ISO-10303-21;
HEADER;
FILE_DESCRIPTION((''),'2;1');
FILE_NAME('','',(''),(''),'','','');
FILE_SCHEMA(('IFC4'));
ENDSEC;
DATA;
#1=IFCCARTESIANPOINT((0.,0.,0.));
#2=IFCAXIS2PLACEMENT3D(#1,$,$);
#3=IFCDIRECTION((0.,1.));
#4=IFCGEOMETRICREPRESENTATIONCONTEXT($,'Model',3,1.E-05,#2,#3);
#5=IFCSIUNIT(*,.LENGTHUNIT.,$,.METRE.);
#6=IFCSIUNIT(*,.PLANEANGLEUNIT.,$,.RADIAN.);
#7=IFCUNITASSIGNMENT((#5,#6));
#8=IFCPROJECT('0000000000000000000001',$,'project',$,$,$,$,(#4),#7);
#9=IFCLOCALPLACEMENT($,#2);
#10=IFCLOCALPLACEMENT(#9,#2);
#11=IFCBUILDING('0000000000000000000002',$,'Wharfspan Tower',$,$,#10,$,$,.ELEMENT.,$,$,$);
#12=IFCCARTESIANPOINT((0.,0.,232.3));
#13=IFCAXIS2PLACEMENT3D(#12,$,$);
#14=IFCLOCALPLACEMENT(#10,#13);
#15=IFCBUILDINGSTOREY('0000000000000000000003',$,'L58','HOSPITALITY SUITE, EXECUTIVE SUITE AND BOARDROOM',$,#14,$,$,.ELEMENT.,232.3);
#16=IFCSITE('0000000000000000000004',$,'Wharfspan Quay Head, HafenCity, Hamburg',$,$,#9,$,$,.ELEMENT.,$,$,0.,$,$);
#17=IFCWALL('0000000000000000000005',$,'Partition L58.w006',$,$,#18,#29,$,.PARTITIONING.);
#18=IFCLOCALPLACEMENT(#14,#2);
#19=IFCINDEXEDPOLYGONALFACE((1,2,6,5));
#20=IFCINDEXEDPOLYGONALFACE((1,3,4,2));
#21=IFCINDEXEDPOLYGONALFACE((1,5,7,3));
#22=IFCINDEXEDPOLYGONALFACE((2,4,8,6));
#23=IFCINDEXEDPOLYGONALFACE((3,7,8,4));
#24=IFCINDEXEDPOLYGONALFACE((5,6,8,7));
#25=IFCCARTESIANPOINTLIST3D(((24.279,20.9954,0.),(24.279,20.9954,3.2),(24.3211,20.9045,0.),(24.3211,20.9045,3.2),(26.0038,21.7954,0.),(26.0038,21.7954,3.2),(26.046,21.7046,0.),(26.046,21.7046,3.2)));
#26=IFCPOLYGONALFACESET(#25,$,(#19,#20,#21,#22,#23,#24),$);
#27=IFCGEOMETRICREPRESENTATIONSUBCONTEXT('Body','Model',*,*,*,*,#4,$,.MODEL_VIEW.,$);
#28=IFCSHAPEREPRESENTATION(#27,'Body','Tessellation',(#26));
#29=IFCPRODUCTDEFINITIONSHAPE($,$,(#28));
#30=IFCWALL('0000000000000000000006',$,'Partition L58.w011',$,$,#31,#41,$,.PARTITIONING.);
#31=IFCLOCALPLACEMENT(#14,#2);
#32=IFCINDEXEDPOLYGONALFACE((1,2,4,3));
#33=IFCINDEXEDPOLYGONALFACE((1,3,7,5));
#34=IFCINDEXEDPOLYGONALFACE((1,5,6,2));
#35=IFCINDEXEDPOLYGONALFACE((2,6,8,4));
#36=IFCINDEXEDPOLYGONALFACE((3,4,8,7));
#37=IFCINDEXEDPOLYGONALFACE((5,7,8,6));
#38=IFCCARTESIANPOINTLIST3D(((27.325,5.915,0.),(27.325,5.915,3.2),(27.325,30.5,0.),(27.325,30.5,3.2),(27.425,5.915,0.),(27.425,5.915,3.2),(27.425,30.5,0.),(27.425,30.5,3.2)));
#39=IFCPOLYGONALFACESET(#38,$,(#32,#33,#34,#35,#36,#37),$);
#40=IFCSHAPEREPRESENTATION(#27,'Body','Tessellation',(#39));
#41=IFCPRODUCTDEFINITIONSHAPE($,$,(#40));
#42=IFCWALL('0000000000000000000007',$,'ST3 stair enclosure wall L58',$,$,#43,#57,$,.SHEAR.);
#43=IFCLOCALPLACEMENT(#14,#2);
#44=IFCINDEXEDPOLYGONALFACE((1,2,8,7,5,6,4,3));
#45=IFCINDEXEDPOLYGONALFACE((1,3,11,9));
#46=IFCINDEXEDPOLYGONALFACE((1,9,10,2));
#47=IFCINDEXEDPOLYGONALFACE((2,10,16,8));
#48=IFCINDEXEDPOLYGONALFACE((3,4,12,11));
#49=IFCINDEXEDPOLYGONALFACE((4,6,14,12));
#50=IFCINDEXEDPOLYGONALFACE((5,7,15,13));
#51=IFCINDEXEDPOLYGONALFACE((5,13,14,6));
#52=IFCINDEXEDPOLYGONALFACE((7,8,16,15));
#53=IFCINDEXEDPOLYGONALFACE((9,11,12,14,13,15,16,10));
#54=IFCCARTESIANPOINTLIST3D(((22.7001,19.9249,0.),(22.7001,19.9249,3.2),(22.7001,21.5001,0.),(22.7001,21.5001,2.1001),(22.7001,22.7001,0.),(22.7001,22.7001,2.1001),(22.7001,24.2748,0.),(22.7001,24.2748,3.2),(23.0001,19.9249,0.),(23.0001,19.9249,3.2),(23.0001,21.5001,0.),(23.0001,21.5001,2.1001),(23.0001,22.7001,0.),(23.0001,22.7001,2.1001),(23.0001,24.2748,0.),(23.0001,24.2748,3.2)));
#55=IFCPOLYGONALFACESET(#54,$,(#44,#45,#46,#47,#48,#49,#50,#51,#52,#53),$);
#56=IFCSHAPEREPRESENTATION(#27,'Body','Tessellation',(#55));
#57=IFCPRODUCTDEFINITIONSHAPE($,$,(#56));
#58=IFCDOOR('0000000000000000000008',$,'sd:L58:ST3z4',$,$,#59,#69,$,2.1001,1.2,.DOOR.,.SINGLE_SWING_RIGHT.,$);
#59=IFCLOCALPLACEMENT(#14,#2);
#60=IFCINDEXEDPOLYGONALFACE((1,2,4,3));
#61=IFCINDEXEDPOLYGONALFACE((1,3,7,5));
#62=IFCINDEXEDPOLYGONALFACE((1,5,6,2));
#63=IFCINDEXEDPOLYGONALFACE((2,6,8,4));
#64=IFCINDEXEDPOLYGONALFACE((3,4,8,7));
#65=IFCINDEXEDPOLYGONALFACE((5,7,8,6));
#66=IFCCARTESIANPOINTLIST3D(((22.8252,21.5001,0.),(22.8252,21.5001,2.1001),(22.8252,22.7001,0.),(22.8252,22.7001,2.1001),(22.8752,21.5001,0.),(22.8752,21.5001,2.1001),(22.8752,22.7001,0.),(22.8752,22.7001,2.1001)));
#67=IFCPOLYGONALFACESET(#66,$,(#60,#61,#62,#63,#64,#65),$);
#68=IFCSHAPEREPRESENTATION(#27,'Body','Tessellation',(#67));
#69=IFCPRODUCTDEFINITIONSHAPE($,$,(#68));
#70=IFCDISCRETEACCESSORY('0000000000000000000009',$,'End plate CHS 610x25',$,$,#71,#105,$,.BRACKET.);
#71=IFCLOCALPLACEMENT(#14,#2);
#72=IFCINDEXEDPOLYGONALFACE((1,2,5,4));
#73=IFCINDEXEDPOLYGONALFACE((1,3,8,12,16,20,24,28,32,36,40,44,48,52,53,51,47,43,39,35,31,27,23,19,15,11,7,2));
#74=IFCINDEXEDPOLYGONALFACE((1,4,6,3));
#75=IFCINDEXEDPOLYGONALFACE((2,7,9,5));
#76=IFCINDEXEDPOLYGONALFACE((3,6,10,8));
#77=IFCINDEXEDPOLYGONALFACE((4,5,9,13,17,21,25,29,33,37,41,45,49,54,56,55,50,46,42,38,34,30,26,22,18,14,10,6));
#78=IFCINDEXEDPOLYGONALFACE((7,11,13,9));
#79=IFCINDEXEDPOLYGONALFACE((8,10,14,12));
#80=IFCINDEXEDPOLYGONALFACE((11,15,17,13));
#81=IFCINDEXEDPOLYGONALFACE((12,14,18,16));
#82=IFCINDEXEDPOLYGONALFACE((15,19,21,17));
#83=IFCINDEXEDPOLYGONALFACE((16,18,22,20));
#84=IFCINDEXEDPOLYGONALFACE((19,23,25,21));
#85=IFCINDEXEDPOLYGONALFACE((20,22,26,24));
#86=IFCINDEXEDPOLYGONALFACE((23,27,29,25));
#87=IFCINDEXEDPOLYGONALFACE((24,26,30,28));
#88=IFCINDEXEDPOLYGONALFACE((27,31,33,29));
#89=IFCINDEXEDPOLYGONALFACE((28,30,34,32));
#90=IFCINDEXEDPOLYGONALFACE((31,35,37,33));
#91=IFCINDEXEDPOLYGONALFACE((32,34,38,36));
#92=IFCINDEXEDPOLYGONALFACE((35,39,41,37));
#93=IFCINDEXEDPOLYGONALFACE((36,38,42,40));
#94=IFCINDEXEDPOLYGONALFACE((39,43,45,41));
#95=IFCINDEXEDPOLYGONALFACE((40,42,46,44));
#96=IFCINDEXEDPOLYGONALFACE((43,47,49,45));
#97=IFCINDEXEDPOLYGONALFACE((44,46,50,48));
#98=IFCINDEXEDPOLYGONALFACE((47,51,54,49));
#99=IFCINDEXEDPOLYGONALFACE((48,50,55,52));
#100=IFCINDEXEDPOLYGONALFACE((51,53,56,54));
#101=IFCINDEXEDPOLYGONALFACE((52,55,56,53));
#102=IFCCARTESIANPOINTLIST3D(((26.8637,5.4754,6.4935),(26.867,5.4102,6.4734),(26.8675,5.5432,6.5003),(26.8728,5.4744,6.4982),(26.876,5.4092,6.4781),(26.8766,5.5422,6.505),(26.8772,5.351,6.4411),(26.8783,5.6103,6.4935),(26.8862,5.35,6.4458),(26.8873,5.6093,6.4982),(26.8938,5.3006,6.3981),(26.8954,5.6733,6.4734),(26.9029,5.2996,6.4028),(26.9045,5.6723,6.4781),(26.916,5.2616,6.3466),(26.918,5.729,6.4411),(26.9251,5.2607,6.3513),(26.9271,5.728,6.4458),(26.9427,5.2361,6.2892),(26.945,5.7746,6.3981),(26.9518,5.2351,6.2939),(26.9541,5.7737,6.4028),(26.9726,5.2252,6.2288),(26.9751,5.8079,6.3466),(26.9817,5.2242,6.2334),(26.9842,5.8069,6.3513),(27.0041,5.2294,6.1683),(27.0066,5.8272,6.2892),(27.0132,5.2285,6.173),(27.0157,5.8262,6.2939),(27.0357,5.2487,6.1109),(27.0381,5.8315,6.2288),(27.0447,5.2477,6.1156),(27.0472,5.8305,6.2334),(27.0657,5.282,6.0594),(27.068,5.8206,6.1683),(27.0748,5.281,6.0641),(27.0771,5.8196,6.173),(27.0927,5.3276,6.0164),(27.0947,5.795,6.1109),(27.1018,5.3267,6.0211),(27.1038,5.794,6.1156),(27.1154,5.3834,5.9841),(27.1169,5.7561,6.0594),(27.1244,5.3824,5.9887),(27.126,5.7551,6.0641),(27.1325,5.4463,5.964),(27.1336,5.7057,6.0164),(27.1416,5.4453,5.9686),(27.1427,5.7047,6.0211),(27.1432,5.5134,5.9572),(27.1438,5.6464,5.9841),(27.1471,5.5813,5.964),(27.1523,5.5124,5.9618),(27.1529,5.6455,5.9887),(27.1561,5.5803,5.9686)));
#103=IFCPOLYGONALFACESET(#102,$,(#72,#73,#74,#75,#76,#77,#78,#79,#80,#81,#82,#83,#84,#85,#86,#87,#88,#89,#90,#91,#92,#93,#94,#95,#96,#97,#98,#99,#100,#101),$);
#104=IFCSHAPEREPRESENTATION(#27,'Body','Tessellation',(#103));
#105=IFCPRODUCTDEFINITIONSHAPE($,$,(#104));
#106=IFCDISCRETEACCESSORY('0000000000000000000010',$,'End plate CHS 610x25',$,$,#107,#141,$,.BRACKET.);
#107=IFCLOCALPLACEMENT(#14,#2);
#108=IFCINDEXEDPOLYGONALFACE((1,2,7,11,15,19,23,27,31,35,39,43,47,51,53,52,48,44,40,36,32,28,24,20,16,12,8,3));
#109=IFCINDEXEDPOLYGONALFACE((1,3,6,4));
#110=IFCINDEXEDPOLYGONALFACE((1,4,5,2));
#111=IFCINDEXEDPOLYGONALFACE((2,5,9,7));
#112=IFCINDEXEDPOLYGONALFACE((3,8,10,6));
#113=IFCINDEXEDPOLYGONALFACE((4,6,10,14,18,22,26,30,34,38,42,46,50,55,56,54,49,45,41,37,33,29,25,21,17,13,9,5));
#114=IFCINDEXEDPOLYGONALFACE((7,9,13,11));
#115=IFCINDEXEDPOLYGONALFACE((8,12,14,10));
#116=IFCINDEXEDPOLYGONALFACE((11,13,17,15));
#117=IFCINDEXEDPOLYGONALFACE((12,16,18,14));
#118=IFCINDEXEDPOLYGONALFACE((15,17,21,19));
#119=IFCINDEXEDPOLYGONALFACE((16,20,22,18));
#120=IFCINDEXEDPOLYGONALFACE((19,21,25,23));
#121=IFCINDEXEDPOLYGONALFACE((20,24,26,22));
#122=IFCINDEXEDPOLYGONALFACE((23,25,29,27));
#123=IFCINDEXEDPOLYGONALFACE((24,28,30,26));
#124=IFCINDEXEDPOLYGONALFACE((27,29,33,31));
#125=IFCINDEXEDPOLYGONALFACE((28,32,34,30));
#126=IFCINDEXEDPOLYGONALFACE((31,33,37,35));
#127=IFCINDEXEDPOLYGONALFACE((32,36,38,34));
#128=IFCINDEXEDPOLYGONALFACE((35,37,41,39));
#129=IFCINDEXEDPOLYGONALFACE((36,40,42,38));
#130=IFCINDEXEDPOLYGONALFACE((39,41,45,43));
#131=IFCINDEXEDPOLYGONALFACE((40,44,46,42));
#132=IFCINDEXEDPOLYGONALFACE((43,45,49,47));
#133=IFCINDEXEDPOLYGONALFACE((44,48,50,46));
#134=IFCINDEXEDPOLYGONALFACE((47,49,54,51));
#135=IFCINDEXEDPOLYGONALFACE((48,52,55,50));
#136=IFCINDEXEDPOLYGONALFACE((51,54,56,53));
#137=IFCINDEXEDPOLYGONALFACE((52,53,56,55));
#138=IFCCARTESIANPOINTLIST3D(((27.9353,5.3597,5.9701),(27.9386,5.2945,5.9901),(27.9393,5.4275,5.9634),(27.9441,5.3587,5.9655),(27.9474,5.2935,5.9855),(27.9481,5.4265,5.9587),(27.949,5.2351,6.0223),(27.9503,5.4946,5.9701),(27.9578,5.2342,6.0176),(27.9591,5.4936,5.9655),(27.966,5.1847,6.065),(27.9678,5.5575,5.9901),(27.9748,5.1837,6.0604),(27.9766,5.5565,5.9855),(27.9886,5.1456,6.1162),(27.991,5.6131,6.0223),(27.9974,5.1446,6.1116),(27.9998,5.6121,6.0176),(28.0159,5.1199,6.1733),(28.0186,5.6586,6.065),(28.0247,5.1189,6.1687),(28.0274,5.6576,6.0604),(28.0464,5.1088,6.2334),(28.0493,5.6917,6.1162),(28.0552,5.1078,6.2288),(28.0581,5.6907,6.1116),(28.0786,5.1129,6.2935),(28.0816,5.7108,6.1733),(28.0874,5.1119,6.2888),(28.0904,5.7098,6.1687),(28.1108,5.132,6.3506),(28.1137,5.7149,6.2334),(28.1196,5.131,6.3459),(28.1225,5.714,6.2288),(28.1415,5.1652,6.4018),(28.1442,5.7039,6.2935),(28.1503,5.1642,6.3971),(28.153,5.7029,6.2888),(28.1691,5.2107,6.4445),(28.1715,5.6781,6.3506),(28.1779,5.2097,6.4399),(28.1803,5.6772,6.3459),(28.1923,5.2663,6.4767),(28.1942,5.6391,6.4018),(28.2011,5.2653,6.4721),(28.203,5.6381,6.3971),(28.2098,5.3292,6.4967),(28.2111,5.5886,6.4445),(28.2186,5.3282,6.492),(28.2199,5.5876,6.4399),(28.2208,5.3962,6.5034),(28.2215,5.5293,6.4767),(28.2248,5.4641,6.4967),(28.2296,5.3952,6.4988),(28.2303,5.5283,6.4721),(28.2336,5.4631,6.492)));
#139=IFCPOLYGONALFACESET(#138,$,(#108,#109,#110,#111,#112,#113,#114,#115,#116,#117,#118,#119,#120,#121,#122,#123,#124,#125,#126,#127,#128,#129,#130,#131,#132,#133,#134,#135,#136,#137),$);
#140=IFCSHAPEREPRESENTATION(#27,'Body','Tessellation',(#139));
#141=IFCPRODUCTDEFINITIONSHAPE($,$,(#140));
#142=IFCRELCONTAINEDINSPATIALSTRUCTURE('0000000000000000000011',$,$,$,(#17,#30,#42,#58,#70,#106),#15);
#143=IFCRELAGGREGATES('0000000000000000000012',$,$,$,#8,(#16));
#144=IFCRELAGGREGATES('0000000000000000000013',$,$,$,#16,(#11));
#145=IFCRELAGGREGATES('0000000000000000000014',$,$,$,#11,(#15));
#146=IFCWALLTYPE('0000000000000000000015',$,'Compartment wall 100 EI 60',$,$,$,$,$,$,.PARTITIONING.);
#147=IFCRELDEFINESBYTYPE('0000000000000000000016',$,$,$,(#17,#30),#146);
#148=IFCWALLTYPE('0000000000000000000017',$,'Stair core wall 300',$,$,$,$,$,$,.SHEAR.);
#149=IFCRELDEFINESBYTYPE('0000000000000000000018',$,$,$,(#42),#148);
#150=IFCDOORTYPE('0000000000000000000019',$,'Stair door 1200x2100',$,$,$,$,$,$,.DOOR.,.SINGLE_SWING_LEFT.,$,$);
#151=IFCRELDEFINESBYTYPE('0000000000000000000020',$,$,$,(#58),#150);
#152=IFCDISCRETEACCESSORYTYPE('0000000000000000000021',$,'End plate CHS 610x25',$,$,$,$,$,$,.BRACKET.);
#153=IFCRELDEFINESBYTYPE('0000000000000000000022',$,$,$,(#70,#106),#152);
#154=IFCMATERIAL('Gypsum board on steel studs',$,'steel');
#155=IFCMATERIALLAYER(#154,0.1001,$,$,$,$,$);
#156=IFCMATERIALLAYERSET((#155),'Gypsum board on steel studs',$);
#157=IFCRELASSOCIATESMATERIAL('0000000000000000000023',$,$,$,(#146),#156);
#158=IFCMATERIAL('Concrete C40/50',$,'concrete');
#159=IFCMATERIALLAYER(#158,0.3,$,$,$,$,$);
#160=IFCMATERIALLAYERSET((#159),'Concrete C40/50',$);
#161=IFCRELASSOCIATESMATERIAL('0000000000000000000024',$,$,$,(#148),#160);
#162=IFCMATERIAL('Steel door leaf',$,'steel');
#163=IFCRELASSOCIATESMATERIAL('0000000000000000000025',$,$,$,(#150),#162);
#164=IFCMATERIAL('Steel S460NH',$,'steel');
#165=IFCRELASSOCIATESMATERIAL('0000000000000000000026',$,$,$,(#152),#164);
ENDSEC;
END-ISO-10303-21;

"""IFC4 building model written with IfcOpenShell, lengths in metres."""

from ifc_helpers import new_model, si_unit, direction, frame, frame_2d, origin, origin_2d, place, context, subcontext, project, spatial, rectangle, circle, extrude, material, layer, layer_set, material_profile, profile_set, type_object, element, fill, save


model = new_model("IFC4")

# Units and contexts
model_context = context("Model", 3, precision=1e-05, world=origin(), true_north=direction((0.0, 1.0)))
body_context = subcontext(model_context, "Body", "Model", "MODEL_VIEW")
ifc_project = project(units=[si_unit("LENGTHUNIT", "METRE"), si_unit("PLANEANGLEUNIT", "RADIAN")], contexts=[model_context])

# Site, building, storey
site_placement = place(None, origin())
site = spatial("IfcSite", under=ifc_project, at=site_placement, Name="Wharfspan Quay Head, HafenCity, Hamburg", CompositionType="ELEMENT", RefElevation=0.0)
building_placement = place(site_placement, origin())
building = spatial("IfcBuilding", under=site, at=building_placement, Name="Wharfspan Tower", CompositionType="ELEMENT")
storey_placement = place(building_placement, frame((0.0, 0.0, 232.3)))
storey = spatial("IfcBuildingStorey", under=building, at=storey_placement, Name="L58", Description="HOSPITALITY SUITE, EXECUTIVE SUITE AND BOARDROOM", CompositionType="ELEMENT", Elevation=232.3)

# Shared definitions
ifc_material_1 = material(Name="Steel S460NH", Category="steel")

# Walls
ifc_material_2 = material(Name="Gypsum board on steel studs", Category="steel")
ifc_layer_1 = layer(ifc_material_2, 0.1001)
ifc_layer_set_1 = layer_set([ifc_layer_1], Name="Gypsum board on steel studs")
wall_type_1 = type_object("IfcWallType", Name="Compartment wall 100 EI 60", PredefinedType="PARTITIONING", material=ifc_layer_set_1)
wall_1_placement = place(storey_placement, frame((24.3, 20.95, 0.0), z_axis=(0.0, 0.0, 1.0), x_axis=(0.907168, 0.420777, 0.0)))
element("IfcWall", 1, at=wall_1_placement, inside=storey, type_object=wall_type_1, Name="Partition L58.w006", PredefinedType="PARTITIONING", context=body_context, shape_type="SweptSolid", body=[
    extrude(rectangle(XDim=1.9014, YDim=0.1001, at=frame_2d((0.9507, 0.0))), origin(), (0.0, 0.0, 1.0), 3.2),
])
wall_2_placement = place(storey_placement, frame((27.375, 5.915, 0.0), z_axis=(0.0, 0.0, 1.0), x_axis=(0.0, 1.0, 0.0)))
element("IfcWall", 2, at=wall_2_placement, inside=storey, type_object=wall_type_1, Name="Partition L58.w011", PredefinedType="PARTITIONING", context=body_context, shape_type="SweptSolid", body=[
    extrude(rectangle(XDim=24.585, YDim=0.1001, at=frame_2d((12.2925, 0.0))), origin(), (0.0, 0.0, 1.0), 3.2),
])

# Wall, opening, door
ifc_material_3 = material(Name="Concrete C40/50", Category="concrete")
ifc_layer_2 = layer(ifc_material_3, 0.3)
ifc_layer_set_2 = layer_set([ifc_layer_2], Name="Concrete C40/50")
wall_type_2 = type_object("IfcWallType", Name="Stair core wall 300", PredefinedType="SHEAR", material=ifc_layer_set_2)
wall_3_placement = place(storey_placement, frame((22.8501, 19.925, 0.0), z_axis=(0.0, 0.0, 1.0), x_axis=(0.0, 1.0, 0.0)))
wall_3 = element("IfcWall", 3, at=wall_3_placement, inside=storey, type_object=wall_type_2, Name="ST3 stair enclosure wall L58", PredefinedType="SHEAR", context=body_context, shape_type="SweptSolid", body=[
    extrude(rectangle(XDim=4.3499, YDim=0.3, at=frame_2d((2.1748, 0.0))), origin(), (0.0, 0.0, 1.0), 3.2),
])
opening_placement = place(wall_3_placement, frame((1.575, 0.0, 0.0)))
opening = element("IfcOpeningElement", 4, at=opening_placement, cuts=wall_3, PredefinedType="OPENING", context=body_context, shape_type="SweptSolid", body=[
    extrude(rectangle(XDim=1.2, YDim=2.1001, at=frame_2d((0.6001, 1.05))), frame((0.0, 0.1599, 0.0), z_axis=(0.0, -1.0, 0.0), x_axis=(1.0, 0.0, 0.0)), (0.0, 0.0, 1.0), 0.3201),
])
ifc_material_4 = material(Name="Steel door leaf", Category="steel")
door_type = type_object("IfcDoorType", Name="Stair door 1200x2100", OperationType="SINGLE_SWING_LEFT", PredefinedType="DOOR", material=ifc_material_4)
door_placement = place(opening_placement, origin())
door = element("IfcDoor", 5, at=door_placement, inside=storey, type_object=door_type, Name="sd:L58:ST3z4", OperationType="SINGLE_SWING_RIGHT", OverallHeight=2.1001, OverallWidth=1.2, PredefinedType="DOOR", context=body_context, shape_type="SweptSolid", body=[
    extrude(rectangle(XDim=1.2, YDim=2.1001, at=frame_2d((0.6001, 1.05))), frame((0.0, 0.0249, 0.0), z_axis=(0.0, -1.0, 0.0), x_axis=(1.0, 0.0, 0.0)), (0.0, 0.0, 1.0), 0.05),
])
fill(opening, door)

# Discrete accessories
ifc_material_profile_1 = material_profile(ifc_material_1, circle(Radius=0.3049, at=origin_2d()))
ifc_profile_set_1 = profile_set([ifc_material_profile_1], Name="Steel S460NH")
discrete_accessory_type = type_object("IfcDiscreteAccessoryType", Name="End plate CHS 610x25", PredefinedType="BRACKET", material=ifc_profile_set_1)
discrete_accessory_1_placement = place(storey_placement, frame((27.0054, 5.5283, 6.2288), z_axis=(0.885482, -0.095728, 0.454707), x_axis=(0.107482, 0.994211, 0.000001)))
element("IfcDiscreteAccessory", 6, at=discrete_accessory_1_placement, inside=storey, type_object=discrete_accessory_type, Name="End plate CHS 610x25", PredefinedType="BRACKET", context=body_context, shape_type="SweptSolid", body=[
    extrude(circle(Radius=0.3049, at=origin_2d()), origin(), (0.0, 0.0, 1.0), 0.0103),
])
discrete_accessory_2_placement = place(storey_placement, frame((28.0889, 5.4109, 6.2288), z_axis=(-0.880146, 0.097794, 0.464521), x_axis=(-0.110432, -0.993888, 0.0)))
element("IfcDiscreteAccessory", 7, at=discrete_accessory_2_placement, inside=storey, type_object=discrete_accessory_type, Name="End plate CHS 610x25", PredefinedType="BRACKET", context=body_context, shape_type="SweptSolid", body=[
    extrude(circle(Radius=0.3049, at=origin_2d()), origin(), (0.0, 0.0, 1.0), 0.01),
])

save(model, "model.ifc")
